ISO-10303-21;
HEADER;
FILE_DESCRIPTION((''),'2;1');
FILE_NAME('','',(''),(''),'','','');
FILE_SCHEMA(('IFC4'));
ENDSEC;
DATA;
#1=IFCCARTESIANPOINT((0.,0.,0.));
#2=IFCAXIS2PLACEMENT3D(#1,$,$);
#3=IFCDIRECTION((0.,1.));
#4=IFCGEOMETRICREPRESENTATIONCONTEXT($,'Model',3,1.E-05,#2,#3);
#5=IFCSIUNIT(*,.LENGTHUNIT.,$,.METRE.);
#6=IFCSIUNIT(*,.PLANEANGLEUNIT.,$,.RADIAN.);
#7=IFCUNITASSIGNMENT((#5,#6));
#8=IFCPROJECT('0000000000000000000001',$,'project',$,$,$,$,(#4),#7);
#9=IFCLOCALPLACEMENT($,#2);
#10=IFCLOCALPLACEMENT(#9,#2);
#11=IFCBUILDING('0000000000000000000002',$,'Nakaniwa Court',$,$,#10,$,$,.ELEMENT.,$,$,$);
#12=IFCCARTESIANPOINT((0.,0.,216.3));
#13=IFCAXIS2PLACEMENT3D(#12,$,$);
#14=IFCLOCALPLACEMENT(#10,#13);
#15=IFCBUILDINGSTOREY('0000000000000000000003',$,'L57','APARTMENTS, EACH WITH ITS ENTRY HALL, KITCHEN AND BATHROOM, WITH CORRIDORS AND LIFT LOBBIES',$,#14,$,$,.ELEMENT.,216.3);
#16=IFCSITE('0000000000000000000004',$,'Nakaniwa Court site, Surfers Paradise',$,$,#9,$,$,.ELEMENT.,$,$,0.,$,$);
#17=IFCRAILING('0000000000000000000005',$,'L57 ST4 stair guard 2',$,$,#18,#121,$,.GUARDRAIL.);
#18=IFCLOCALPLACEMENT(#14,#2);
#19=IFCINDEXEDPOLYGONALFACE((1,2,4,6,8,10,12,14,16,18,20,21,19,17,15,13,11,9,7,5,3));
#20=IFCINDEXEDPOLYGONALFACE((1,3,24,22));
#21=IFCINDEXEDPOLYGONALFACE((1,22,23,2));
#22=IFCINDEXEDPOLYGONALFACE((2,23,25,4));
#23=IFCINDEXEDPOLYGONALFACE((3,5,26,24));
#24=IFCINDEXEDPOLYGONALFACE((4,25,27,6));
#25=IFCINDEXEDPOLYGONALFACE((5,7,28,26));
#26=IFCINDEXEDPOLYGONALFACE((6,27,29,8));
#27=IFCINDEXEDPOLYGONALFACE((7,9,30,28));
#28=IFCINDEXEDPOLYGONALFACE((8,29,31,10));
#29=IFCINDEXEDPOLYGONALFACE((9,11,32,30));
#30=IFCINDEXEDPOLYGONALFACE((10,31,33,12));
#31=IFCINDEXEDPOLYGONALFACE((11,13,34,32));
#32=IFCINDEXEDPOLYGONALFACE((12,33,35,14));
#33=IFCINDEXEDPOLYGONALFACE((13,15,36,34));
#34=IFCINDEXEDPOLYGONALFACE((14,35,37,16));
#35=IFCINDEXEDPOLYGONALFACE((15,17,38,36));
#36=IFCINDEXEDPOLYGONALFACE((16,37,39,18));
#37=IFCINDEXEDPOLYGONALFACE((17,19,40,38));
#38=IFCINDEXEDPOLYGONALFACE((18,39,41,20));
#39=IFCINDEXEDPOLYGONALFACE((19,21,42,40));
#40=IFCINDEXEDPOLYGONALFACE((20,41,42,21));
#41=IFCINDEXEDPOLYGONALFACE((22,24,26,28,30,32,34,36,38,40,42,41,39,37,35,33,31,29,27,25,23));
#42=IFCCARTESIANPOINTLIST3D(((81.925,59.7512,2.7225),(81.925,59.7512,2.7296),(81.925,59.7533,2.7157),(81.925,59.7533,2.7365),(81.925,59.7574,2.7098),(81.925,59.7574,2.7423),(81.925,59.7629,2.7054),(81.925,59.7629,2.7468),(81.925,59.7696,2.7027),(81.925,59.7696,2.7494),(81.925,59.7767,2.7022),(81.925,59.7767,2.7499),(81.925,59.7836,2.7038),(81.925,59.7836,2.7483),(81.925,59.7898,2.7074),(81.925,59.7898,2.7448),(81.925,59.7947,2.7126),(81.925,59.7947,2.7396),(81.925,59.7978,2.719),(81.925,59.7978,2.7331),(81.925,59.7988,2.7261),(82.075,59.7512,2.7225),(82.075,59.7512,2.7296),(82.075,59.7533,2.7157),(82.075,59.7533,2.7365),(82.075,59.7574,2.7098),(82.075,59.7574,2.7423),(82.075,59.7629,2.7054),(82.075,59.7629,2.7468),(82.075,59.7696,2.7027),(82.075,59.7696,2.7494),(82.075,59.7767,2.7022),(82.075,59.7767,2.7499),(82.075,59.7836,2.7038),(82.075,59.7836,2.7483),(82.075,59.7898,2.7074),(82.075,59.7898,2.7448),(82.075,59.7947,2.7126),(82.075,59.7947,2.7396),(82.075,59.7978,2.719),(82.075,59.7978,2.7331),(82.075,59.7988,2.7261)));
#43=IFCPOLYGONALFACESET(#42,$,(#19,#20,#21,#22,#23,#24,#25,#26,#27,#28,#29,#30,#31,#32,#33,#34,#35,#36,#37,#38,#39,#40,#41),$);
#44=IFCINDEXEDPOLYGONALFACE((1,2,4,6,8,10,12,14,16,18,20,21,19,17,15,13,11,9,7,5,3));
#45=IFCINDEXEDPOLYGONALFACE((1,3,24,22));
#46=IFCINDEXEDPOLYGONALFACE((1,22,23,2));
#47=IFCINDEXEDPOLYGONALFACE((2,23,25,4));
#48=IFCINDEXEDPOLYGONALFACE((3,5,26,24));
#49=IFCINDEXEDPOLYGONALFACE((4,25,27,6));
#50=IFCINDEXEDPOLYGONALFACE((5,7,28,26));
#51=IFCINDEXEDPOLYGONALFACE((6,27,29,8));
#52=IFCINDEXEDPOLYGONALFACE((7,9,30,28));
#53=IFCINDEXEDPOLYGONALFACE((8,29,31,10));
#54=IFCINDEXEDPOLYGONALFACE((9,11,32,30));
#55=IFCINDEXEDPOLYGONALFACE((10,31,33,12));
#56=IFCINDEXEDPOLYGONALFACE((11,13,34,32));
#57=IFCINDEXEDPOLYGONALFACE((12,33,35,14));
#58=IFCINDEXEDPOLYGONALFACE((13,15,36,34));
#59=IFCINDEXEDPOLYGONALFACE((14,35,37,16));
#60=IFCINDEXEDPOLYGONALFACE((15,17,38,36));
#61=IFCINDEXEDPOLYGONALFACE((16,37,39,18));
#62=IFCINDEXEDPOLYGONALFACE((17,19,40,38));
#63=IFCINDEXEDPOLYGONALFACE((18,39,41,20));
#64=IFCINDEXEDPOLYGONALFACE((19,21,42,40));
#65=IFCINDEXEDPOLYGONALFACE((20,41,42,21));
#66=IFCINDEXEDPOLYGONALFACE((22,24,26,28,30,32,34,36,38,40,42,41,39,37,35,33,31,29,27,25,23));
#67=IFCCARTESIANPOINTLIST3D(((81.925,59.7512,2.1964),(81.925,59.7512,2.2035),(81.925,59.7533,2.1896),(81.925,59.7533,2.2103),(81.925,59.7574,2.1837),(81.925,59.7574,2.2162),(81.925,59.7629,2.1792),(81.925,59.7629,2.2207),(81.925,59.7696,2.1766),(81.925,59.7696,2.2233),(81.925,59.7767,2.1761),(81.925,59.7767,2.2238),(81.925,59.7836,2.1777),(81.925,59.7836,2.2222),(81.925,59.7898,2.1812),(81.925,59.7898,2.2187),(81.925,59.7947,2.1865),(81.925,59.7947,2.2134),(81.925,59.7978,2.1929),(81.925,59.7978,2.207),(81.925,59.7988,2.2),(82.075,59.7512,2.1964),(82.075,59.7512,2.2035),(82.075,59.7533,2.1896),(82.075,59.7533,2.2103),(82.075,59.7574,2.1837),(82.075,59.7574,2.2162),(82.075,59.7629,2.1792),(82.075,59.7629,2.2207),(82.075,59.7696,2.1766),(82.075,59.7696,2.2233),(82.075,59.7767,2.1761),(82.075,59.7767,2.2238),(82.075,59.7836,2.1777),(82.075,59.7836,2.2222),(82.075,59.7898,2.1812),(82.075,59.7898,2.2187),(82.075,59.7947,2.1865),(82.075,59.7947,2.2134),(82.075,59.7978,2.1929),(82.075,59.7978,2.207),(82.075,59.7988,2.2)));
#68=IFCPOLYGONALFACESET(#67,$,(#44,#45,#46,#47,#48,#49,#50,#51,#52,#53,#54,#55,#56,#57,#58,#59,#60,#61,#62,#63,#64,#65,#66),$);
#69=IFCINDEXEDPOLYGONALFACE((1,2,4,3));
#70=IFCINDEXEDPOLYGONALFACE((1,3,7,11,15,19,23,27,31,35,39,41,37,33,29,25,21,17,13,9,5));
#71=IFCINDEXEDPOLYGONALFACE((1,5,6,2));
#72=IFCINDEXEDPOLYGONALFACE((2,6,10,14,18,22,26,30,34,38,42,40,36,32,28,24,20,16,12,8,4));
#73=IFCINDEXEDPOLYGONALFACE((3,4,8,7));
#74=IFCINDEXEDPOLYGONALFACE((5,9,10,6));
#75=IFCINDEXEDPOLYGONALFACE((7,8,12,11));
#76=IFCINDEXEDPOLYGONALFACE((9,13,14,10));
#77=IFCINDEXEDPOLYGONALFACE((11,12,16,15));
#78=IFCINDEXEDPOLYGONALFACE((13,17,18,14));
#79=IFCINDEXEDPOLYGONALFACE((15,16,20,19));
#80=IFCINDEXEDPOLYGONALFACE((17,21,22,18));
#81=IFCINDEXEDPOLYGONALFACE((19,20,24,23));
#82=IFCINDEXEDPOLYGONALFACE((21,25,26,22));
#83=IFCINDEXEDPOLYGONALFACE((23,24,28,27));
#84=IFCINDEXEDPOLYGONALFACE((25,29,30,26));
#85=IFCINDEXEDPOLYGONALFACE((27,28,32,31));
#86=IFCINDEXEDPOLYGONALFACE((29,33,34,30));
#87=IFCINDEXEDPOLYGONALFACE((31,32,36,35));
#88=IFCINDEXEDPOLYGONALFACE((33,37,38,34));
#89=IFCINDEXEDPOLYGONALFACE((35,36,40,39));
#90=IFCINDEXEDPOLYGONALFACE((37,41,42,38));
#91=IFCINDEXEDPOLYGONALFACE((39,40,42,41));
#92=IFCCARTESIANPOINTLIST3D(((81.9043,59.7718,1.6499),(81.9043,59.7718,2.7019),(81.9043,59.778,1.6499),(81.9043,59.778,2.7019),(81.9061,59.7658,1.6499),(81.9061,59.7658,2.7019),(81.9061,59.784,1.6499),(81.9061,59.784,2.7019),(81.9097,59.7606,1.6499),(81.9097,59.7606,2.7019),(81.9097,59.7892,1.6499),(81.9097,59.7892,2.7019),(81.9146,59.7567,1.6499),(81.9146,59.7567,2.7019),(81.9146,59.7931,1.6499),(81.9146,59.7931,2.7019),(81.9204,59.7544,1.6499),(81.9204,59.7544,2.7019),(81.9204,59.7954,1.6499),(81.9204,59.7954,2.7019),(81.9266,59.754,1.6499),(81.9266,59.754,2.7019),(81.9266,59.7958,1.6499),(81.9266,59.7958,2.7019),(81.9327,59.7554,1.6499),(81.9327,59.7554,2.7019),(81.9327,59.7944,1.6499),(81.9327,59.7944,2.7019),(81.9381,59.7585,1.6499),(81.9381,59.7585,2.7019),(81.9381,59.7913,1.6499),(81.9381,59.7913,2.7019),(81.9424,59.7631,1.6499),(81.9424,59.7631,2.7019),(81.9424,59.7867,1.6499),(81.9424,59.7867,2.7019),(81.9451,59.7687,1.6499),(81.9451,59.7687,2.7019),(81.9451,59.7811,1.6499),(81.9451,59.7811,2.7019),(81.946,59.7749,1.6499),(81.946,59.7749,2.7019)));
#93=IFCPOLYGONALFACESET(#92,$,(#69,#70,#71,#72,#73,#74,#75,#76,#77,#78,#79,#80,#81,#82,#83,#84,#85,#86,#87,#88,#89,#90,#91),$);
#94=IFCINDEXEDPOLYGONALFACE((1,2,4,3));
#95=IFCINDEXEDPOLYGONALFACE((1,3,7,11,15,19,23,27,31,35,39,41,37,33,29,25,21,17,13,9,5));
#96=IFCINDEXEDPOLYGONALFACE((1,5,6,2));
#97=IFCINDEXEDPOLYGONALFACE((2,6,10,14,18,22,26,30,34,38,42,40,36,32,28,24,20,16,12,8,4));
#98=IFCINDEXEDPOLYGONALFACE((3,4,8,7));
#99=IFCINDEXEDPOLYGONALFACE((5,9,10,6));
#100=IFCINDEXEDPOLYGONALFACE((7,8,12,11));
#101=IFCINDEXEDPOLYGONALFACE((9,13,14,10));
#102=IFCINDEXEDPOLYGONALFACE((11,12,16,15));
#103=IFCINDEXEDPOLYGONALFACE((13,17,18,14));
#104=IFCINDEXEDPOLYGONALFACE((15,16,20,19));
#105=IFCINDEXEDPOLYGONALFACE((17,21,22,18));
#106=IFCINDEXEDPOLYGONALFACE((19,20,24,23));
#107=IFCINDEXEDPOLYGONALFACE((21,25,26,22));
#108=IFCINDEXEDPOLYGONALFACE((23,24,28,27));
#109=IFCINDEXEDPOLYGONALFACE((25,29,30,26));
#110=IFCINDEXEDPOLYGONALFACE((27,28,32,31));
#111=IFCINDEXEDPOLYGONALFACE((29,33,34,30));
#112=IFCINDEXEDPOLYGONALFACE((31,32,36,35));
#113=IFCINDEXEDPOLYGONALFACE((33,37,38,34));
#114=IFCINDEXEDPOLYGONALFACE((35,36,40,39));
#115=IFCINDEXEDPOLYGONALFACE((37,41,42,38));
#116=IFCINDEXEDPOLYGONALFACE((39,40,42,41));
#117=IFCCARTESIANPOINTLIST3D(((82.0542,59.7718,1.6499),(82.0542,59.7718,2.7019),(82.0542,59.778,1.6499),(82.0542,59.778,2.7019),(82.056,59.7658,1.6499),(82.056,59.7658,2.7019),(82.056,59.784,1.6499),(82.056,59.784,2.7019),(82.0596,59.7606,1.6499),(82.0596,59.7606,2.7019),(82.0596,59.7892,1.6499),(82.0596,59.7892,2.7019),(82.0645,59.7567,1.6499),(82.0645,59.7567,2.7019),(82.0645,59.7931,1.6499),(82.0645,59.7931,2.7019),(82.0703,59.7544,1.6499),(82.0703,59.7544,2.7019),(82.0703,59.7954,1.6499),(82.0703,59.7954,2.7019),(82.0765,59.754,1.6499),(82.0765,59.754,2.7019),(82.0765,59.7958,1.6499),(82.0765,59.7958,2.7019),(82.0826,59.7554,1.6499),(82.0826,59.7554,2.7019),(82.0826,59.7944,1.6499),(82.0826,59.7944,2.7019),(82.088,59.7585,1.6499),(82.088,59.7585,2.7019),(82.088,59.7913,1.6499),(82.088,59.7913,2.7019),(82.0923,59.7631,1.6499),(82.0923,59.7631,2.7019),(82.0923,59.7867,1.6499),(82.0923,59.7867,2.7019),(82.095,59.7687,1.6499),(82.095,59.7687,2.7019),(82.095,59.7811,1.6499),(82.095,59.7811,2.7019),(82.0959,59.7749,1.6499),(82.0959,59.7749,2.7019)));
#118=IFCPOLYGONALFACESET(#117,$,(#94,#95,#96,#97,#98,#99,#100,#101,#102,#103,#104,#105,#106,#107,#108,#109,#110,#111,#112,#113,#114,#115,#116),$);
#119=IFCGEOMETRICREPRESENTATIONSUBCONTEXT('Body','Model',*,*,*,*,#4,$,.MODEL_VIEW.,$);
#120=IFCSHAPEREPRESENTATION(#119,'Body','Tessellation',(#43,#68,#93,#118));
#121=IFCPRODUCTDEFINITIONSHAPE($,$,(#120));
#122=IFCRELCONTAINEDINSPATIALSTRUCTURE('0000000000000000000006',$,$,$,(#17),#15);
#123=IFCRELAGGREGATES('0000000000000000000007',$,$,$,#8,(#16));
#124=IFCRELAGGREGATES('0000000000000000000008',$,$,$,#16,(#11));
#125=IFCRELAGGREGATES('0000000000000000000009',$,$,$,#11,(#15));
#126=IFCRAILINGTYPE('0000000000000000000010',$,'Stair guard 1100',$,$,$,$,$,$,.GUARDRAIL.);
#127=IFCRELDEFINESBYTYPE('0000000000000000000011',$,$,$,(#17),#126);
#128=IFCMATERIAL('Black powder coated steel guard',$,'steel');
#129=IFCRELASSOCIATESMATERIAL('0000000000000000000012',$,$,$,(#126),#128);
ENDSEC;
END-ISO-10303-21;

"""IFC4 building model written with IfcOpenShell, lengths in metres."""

from ifc_helpers import new_model, si_unit, direction, frame, origin, origin_2d, place, context, subcontext, project, spatial, circle, extrude, material, type_object, element, save


model = new_model("IFC4")

# Units and contexts
model_context = context("Model", 3, precision=1e-05, world=origin(), true_north=direction((0.0, 1.0)))
body_context = subcontext(model_context, "Body", "Model", "MODEL_VIEW")
ifc_project = project(units=[si_unit("LENGTHUNIT", "METRE"), si_unit("PLANEANGLEUNIT", "RADIAN")], contexts=[model_context])

# Site, building, storey
site_placement = place(None, origin())
site = spatial("IfcSite", under=ifc_project, at=site_placement, Name="Nakaniwa Court site, Surfers Paradise", CompositionType="ELEMENT", RefElevation=0.0)
building_placement = place(site_placement, origin())
building = spatial("IfcBuilding", under=site, at=building_placement, Name="Nakaniwa Court", CompositionType="ELEMENT")
storey_placement = place(building_placement, frame((0.0, 0.0, 216.3)))
storey = spatial("IfcBuildingStorey", under=building, at=storey_placement, Name="L57", Description="APARTMENTS, EACH WITH ITS ENTRY HALL, KITCHEN AND BATHROOM, WITH CORRIDORS AND LIFT LOBBIES", CompositionType="ELEMENT", Elevation=216.3)

# Railing
ifc_material_1 = material(Name="Black powder coated steel guard", Category="steel")
railing_type_1 = type_object("IfcRailingType", Name="Stair guard 1100", PredefinedType="GUARDRAIL", material=ifc_material_1)
railing_1_placement = place(storey_placement, frame((81.925, 59.7749, 1.6499)))
element("IfcRailing", 1, at=railing_1_placement, inside=storey, type_object=railing_type_1, Name="L57 ST4 stair guard 2", PredefinedType="GUARDRAIL", context=body_context, shape_type="SweptSolid", body=[
    extrude(circle(Radius=0.0239, at=origin_2d()), frame((0.0, 0.0, 1.0762), z_axis=(1.0, 0.0, 0.0), x_axis=(0.0, 1.0, 0.0)), (0.0, 0.0, 1.0), 0.1499),
    extrude(circle(Radius=0.0239, at=origin_2d()), frame((0.0, 0.0, 0.55), z_axis=(1.0, 0.0, 0.0), x_axis=(0.0, 1.0, 0.0)), (0.0, 0.0, 1.0), 0.1499),
    extrude(circle(Radius=0.021, at=origin_2d()), origin(), (0.0, 0.0, 1.0), 1.052),
    extrude(circle(Radius=0.021, at=origin_2d()), frame((0.1499, 0.0, 0.0)), (0.0, 0.0, 1.0), 1.052),
])

save(model, "model.ifc")
